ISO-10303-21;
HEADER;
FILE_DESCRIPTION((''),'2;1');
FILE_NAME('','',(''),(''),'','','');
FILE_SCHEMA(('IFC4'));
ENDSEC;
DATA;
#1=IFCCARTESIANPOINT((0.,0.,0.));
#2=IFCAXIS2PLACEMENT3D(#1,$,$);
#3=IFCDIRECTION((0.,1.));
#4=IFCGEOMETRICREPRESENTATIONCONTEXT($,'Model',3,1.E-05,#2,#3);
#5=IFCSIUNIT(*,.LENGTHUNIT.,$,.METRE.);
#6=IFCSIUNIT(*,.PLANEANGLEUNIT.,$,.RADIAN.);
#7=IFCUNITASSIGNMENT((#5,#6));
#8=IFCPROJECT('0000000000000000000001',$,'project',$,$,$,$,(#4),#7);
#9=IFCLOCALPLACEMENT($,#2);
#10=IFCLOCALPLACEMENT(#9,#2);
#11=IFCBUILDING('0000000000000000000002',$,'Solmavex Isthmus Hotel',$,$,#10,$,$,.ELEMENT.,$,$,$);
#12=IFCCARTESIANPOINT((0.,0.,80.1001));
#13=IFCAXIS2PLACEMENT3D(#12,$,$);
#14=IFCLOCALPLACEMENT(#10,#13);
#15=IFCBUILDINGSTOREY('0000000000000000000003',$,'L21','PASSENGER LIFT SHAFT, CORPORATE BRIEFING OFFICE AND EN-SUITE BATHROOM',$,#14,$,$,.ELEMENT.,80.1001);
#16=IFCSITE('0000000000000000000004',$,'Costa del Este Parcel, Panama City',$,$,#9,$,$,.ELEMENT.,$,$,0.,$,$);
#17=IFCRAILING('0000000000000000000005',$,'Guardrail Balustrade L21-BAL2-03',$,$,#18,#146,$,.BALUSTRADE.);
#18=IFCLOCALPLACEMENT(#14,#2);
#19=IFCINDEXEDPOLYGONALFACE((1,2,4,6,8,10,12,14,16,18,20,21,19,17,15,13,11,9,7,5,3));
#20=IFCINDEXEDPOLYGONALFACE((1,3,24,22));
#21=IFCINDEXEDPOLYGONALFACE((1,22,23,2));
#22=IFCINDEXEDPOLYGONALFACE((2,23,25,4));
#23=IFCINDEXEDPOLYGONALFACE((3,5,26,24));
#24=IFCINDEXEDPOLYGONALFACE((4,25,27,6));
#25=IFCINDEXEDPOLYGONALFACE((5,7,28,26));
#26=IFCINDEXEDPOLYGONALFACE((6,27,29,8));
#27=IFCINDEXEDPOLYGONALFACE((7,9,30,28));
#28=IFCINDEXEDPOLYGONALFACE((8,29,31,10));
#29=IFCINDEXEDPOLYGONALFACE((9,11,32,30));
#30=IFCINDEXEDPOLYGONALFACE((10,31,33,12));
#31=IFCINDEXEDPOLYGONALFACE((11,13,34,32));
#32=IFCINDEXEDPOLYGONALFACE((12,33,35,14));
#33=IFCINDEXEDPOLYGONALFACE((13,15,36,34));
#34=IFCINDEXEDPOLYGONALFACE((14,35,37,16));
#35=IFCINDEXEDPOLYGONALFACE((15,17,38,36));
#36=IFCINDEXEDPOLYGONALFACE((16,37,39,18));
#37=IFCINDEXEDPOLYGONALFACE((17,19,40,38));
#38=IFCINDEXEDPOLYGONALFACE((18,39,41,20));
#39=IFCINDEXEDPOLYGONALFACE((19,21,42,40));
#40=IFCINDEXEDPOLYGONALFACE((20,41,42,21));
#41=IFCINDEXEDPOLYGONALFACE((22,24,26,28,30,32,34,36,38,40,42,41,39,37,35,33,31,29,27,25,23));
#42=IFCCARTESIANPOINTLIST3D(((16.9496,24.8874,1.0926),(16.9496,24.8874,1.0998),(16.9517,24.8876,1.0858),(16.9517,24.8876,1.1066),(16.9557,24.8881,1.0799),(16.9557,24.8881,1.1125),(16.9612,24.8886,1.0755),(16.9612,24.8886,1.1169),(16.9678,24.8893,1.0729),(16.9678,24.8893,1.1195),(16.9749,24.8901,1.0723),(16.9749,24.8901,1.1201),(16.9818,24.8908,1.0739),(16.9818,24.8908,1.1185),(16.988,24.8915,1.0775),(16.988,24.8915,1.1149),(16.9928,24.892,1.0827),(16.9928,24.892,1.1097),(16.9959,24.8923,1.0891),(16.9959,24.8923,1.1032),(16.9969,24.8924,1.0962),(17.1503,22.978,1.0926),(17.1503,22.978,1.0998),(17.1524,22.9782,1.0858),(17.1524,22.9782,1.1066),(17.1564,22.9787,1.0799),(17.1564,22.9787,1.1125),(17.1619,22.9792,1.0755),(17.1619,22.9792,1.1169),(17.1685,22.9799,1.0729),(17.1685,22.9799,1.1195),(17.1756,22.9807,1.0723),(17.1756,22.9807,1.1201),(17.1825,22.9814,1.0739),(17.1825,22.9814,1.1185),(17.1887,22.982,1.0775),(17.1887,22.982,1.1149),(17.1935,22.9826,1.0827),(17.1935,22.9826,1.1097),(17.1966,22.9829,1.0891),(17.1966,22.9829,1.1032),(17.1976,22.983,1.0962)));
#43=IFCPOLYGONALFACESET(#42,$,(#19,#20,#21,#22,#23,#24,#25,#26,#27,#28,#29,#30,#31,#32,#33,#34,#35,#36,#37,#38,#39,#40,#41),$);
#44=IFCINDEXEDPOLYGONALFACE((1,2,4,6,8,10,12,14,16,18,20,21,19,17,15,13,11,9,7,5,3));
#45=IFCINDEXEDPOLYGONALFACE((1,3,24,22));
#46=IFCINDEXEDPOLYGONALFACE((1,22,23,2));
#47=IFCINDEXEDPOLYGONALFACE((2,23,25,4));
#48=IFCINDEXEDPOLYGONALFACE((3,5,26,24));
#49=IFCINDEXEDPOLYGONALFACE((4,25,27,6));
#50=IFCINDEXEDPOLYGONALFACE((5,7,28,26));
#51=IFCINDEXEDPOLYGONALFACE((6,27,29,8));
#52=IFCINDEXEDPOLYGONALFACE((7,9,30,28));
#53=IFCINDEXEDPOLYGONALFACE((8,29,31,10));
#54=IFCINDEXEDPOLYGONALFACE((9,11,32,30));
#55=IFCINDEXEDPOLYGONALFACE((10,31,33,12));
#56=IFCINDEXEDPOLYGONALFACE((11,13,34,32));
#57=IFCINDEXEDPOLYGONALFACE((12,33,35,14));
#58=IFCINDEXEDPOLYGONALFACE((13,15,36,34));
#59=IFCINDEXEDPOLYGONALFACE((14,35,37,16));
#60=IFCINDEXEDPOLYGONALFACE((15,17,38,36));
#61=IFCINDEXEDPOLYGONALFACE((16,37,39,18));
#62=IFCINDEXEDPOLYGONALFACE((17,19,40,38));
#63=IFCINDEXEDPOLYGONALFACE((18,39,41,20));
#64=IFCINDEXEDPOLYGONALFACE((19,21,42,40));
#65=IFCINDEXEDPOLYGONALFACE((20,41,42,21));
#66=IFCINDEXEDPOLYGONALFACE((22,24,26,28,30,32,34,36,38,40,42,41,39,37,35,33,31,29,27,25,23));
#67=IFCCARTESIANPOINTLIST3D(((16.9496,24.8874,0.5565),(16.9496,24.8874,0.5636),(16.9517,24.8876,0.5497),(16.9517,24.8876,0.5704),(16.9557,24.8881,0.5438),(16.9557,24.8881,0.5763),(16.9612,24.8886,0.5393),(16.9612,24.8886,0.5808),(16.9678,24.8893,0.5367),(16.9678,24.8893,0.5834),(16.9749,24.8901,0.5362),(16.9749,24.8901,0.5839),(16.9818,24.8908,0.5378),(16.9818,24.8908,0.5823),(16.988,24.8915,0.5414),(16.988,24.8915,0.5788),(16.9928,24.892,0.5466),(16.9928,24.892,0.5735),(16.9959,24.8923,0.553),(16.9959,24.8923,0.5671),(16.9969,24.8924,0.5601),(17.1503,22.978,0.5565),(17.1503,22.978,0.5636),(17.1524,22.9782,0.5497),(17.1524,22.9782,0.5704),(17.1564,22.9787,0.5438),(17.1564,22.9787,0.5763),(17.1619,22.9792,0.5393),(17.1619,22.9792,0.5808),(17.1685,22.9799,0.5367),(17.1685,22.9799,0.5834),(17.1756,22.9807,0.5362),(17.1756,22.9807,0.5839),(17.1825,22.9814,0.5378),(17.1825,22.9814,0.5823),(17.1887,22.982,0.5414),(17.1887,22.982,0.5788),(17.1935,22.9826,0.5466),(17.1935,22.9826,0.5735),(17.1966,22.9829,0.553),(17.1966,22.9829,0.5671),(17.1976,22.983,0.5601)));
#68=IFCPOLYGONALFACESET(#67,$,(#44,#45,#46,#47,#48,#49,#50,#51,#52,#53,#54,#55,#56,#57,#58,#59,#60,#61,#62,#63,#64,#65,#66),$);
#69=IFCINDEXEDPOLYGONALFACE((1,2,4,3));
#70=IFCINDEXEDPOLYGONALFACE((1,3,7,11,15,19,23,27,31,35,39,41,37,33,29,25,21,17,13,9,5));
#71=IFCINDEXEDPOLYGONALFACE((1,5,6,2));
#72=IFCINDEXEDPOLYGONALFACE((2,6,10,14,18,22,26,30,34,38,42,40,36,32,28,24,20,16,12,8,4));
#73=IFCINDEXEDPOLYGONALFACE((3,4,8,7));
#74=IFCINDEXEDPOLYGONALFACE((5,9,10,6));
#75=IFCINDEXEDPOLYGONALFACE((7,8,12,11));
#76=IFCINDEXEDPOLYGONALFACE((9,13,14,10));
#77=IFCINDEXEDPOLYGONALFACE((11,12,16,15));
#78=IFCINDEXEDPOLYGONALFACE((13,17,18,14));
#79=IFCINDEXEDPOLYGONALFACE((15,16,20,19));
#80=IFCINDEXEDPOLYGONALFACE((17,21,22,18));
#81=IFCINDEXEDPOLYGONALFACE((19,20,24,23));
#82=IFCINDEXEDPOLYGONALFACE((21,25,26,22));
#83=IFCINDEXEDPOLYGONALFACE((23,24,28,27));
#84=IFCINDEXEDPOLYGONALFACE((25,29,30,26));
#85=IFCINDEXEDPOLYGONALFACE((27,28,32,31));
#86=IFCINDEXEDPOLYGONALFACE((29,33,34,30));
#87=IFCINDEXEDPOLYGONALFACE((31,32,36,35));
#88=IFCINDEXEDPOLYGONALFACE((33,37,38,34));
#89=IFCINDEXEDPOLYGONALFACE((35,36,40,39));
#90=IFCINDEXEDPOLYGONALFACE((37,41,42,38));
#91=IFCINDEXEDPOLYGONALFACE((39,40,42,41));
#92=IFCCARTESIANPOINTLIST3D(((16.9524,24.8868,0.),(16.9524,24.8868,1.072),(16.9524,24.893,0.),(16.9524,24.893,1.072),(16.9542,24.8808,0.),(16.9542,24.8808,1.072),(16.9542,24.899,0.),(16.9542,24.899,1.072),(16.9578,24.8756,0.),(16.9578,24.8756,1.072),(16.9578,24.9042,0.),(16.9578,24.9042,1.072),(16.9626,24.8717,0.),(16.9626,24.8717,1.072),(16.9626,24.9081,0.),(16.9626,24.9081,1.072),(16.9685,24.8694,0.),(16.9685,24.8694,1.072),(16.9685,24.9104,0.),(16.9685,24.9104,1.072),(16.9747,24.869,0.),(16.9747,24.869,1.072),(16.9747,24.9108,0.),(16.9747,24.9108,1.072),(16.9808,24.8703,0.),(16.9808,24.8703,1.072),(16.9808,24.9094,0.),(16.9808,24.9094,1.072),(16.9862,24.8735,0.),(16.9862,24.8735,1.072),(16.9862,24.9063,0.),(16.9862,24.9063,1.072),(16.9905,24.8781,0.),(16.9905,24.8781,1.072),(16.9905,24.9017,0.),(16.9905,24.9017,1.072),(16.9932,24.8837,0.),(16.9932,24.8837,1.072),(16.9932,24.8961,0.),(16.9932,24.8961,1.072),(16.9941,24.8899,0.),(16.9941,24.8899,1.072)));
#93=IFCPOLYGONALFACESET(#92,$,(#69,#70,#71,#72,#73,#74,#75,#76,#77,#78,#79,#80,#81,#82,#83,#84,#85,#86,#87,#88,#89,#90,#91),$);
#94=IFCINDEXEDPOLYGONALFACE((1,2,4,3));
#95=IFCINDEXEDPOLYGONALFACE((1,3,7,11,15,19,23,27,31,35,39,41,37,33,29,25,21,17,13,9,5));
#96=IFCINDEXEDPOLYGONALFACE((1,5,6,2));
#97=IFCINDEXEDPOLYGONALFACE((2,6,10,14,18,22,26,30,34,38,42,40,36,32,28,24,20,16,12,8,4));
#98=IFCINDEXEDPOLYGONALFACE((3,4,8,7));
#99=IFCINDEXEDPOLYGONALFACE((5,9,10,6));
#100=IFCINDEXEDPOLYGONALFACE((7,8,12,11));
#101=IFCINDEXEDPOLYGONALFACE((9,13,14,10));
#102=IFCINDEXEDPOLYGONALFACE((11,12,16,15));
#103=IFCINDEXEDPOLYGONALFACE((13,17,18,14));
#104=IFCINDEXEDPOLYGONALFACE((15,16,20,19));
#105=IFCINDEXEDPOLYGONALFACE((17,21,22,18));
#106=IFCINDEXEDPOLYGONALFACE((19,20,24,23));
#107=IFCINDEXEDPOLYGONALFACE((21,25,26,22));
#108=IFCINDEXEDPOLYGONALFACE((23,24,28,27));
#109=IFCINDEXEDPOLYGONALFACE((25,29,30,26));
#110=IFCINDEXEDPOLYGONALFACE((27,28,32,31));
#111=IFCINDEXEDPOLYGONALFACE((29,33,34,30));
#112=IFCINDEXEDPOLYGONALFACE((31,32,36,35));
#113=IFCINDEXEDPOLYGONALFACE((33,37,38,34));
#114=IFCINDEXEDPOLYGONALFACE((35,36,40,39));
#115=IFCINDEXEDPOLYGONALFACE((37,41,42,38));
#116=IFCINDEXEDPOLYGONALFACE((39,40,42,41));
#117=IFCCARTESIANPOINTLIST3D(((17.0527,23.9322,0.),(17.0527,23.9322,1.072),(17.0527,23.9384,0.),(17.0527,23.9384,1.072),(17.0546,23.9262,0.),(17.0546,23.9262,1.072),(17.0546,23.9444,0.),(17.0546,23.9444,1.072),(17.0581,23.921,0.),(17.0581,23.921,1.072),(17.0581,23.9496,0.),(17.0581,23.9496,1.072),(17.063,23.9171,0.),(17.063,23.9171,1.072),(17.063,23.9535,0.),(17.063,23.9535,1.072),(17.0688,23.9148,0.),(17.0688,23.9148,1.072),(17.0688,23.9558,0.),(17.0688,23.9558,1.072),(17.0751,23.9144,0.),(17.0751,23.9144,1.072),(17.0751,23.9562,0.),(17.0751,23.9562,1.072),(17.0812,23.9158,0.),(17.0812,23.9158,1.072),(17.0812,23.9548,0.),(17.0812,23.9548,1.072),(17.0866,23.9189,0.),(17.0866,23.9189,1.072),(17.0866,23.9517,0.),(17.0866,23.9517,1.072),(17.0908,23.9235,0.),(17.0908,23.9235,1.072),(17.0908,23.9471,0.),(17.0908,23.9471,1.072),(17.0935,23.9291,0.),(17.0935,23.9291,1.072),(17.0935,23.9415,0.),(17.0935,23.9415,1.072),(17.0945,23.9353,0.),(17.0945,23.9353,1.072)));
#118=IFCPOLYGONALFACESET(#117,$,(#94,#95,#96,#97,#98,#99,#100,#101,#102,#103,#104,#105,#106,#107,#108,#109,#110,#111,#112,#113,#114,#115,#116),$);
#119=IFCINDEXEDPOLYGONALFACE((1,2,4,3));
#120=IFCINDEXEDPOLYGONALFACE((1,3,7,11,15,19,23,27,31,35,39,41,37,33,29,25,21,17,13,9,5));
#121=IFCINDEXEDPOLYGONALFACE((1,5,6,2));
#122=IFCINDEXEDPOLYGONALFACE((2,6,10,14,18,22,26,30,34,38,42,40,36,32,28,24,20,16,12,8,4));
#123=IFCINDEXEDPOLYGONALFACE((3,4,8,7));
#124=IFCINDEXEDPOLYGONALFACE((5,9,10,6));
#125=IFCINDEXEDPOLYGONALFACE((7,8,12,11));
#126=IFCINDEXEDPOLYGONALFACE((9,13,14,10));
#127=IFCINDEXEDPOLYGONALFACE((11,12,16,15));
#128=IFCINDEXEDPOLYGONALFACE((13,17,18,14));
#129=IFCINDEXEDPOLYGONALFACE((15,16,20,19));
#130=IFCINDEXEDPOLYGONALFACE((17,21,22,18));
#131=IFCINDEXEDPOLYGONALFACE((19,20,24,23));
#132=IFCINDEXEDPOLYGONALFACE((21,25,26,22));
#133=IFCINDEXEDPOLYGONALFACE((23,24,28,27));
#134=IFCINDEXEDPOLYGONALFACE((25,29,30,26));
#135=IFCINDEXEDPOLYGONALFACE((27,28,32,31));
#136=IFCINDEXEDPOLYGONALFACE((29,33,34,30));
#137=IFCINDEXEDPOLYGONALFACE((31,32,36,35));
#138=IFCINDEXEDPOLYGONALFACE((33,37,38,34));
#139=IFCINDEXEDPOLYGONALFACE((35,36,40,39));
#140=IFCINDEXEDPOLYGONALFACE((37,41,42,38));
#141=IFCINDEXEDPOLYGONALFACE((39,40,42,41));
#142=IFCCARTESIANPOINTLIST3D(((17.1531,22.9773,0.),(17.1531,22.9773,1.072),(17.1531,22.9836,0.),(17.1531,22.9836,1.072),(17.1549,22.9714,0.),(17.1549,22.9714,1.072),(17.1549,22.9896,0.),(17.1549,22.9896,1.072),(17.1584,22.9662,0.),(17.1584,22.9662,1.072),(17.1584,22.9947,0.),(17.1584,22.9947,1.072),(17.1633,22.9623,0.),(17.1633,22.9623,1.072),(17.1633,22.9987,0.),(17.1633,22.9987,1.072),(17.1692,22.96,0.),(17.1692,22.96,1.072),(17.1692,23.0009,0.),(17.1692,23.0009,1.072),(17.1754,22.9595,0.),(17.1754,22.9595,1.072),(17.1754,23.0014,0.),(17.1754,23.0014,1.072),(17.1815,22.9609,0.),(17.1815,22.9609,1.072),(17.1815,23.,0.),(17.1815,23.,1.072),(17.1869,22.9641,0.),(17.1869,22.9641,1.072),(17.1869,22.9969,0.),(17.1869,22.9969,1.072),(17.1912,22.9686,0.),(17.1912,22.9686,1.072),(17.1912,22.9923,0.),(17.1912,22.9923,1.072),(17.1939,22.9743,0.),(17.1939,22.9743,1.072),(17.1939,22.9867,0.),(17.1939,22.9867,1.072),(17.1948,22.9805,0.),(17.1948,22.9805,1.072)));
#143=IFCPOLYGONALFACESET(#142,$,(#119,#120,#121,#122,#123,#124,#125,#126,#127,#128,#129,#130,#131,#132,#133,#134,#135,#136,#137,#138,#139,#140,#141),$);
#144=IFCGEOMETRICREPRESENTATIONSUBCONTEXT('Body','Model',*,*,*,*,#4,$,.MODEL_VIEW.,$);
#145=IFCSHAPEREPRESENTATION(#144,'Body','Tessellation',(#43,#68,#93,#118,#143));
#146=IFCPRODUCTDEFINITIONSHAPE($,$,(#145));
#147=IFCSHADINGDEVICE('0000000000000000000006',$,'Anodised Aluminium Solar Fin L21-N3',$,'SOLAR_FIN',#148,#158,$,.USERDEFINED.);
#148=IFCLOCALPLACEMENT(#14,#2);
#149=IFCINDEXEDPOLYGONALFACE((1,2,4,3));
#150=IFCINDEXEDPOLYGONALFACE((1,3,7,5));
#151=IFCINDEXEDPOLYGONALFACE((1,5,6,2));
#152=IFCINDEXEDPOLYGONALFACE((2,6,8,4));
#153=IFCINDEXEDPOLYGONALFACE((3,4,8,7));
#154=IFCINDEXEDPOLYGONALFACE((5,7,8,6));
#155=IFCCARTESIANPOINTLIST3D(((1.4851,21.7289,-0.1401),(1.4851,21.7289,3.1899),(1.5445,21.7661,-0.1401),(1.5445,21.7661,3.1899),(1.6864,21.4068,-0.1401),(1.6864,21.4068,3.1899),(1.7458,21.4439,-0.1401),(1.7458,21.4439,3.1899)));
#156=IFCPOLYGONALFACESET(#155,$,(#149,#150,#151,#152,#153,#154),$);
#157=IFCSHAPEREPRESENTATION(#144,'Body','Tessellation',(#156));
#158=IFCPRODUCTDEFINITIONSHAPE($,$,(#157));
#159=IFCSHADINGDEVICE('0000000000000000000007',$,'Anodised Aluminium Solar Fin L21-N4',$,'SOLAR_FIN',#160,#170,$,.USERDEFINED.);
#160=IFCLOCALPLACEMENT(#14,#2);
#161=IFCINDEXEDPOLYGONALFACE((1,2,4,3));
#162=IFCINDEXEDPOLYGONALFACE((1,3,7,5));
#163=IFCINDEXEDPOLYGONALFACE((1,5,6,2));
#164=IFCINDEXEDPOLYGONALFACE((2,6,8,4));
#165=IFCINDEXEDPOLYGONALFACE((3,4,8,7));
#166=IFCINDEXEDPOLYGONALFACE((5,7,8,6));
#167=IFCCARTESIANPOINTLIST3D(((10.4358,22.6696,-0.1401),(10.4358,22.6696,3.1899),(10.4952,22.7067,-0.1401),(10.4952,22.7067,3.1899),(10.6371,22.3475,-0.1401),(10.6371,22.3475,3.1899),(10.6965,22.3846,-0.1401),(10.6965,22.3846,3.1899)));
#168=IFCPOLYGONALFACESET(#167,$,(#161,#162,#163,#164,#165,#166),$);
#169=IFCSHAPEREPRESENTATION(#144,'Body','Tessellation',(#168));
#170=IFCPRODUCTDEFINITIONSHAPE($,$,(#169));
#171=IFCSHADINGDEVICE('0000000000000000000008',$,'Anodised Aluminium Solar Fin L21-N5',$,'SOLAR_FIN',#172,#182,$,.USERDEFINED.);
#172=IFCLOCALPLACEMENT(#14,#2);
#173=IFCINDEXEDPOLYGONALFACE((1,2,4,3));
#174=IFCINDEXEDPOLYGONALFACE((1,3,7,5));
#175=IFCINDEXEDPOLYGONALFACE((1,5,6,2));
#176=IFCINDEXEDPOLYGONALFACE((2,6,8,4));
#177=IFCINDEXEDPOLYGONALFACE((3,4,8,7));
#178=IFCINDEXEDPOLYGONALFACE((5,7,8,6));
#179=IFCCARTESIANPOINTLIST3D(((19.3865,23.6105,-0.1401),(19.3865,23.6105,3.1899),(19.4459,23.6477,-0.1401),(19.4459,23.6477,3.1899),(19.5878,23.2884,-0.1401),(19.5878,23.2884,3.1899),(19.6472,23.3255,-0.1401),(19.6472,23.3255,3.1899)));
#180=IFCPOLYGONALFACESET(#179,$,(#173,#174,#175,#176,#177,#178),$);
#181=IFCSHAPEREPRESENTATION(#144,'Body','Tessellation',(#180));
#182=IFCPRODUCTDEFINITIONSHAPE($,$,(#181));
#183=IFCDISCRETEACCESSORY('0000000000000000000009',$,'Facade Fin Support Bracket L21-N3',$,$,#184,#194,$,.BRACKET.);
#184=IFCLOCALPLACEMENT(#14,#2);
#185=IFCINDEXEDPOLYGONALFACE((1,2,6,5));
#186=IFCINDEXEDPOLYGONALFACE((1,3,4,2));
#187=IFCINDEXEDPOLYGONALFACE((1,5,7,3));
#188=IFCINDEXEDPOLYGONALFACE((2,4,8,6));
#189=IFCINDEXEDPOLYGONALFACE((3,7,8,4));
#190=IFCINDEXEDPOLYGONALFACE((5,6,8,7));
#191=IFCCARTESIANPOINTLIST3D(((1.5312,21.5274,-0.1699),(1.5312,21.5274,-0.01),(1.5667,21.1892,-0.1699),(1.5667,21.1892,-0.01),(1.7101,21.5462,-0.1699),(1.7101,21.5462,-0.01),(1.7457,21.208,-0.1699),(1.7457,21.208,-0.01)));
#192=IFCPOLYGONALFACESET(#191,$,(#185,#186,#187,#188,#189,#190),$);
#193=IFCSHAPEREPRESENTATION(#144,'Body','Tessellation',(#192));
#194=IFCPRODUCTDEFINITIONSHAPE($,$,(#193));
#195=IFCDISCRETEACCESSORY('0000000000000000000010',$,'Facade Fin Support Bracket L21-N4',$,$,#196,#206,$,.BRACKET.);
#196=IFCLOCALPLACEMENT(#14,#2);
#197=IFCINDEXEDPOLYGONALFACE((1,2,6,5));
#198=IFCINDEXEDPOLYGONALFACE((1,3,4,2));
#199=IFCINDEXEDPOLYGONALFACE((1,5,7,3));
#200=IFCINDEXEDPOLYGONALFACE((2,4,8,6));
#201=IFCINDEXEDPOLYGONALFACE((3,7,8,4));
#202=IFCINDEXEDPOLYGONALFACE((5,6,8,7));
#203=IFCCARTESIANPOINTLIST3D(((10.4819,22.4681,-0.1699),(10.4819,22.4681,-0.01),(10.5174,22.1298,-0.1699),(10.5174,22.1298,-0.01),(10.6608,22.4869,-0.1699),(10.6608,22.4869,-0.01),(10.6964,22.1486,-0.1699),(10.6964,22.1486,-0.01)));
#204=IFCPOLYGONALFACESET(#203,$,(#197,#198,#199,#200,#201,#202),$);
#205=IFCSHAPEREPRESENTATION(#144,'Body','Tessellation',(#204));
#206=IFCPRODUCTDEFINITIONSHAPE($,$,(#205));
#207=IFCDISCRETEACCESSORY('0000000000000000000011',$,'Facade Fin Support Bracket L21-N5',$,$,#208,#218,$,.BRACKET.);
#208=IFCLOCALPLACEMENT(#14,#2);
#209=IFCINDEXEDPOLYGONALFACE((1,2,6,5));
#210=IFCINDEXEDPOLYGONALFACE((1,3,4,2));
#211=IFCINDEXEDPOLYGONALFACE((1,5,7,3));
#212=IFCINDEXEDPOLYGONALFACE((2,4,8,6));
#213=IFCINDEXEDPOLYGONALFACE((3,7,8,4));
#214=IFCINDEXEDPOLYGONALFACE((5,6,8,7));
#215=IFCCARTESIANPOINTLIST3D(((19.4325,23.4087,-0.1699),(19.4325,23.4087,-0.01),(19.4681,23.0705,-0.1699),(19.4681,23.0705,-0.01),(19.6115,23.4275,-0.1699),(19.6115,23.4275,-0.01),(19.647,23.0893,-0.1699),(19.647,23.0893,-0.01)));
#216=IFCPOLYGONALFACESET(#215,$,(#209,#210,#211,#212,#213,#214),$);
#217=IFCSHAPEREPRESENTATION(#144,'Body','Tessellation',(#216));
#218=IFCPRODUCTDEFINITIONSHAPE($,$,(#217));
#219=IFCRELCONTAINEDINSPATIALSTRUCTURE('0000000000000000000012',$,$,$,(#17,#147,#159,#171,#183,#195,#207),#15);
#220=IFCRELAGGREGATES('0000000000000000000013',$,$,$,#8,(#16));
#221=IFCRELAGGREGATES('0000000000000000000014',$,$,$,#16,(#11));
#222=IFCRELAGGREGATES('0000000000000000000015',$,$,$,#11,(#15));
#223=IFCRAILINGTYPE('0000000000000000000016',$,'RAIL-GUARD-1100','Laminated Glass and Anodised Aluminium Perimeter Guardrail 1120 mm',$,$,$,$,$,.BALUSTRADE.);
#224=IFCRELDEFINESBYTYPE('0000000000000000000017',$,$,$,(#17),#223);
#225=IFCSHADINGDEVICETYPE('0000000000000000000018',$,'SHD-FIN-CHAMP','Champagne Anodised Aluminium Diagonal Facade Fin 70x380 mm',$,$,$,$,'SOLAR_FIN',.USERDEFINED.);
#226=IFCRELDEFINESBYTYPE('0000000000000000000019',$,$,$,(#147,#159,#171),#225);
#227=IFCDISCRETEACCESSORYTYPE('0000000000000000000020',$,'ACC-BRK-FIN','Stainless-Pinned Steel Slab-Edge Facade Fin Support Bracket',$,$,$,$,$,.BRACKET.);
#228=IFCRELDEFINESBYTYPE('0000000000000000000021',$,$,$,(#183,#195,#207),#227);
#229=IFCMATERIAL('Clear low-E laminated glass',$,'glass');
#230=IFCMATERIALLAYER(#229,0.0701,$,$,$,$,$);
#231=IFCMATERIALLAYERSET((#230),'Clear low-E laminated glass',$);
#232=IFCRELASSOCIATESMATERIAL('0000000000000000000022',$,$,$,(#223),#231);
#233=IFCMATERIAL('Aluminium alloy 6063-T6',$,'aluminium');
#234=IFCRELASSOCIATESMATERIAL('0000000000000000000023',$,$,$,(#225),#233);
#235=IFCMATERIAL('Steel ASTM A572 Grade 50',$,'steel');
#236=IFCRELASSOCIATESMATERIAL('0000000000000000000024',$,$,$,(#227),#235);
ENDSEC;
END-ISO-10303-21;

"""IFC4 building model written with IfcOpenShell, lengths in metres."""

from ifc_helpers import new_model, si_unit, direction, frame, origin, origin_2d, place, context, subcontext, project, spatial, rectangle, circle, extrude, material, layer, layer_set, type_object, element, save


model = new_model("IFC4")

# Units and contexts
model_context = context("Model", 3, precision=1e-05, world=origin(), true_north=direction((0.0, 1.0)))
body_context = subcontext(model_context, "Body", "Model", "MODEL_VIEW")
ifc_project = project(units=[si_unit("LENGTHUNIT", "METRE"), si_unit("PLANEANGLEUNIT", "RADIAN")], contexts=[model_context])

# Site, building, storey
site_placement = place(None, origin())
site = spatial("IfcSite", under=ifc_project, at=site_placement, Name="Costa del Este Parcel, Panama City", CompositionType="ELEMENT", RefElevation=0.0)
building_placement = place(site_placement, origin())
building = spatial("IfcBuilding", under=site, at=building_placement, Name="Solmavex Isthmus Hotel", CompositionType="ELEMENT")
storey_placement = place(building_placement, frame((0.0, 0.0, 80.1001)))
storey = spatial("IfcBuildingStorey", under=building, at=storey_placement, Name="L21", Description="PASSENGER LIFT SHAFT, CORPORATE BRIEFING OFFICE AND EN-SUITE BATHROOM", CompositionType="ELEMENT", Elevation=80.1001)

# Shared definitions
ifc_material_1 = material(Name="Steel ASTM A572 Grade 50", Category="steel")

# Shared definitions
ifc_material_2 = material(Name="Aluminium alloy 6063-T6", Category="aluminium")

# Shared definitions
ifc_material_3 = material(Name="Clear low-E laminated glass", Category="glass")

# Railing
ifc_layer_1 = layer(ifc_material_3, 0.0701)
ifc_layer_set_1 = layer_set([ifc_layer_1], Name="Clear low-E laminated glass")
railing_type = type_object("IfcRailingType", Name="RAIL-GUARD-1100", Description="Laminated Glass and Anodised Aluminium Perimeter Guardrail 1120 mm", PredefinedType="BALUSTRADE", material=ifc_layer_set_1)
railing_1_placement = place(storey_placement, frame((16.9731, 24.8899, 0.0)))
element("IfcRailing", 1, at=railing_1_placement, inside=storey, type_object=railing_type, Name="Guardrail Balustrade L21-BAL2-03", PredefinedType="BALUSTRADE", context=body_context, shape_type="SweptSolid", body=[
    extrude(circle(Radius=0.0239, at=origin_2d()), frame((0.0, 0.0, 1.0962), z_axis=(0.104526, -0.994522, 0.0), x_axis=(0.994522, 0.104526, 0.0)), (0.0, 0.0, 1.0), 1.9199),
    extrude(circle(Radius=0.0239, at=origin_2d()), frame((0.0, 0.0, 0.5601), z_axis=(0.104526, -0.994522, 0.0), x_axis=(0.994522, 0.104526, 0.0)), (0.0, 0.0, 1.0), 1.9199),
    extrude(circle(Radius=0.021, at=origin_2d()), origin(), (0.0, 0.0, 1.0), 1.072),
    extrude(circle(Radius=0.021, at=origin_2d()), frame((0.1003, -0.9546, 0.0)), (0.0, 0.0, 1.0), 1.072),
    extrude(circle(Radius=0.021, at=origin_2d()), frame((0.2007, -1.9094, 0.0)), (0.0, 0.0, 1.0), 1.072),
])

# Shading devices
shading_device_type = type_object("IfcShadingDeviceType", Name="SHD-FIN-CHAMP", Description="Champagne Anodised Aluminium Diagonal Facade Fin 70x380 mm", ElementType="SOLAR_FIN", PredefinedType="USERDEFINED", material=ifc_material_2)
for number, where, z_axis, x_axis, name in (
    (2, (1.6155, 21.5864, -0.1401), (0.0, 0.0, 1.0), (-0.529919, 0.848048, 0.0), "Anodised Aluminium Solar Fin L21-N3"),
    (3, (10.5662, 22.5271, -0.1401), (0.0, 0.0, 1.0), (-0.529919, 0.848048, 0.0), "Anodised Aluminium Solar Fin L21-N4"),
    (4, (19.5168, 23.468, -0.1401), (0.0, 0.0, 1.0), (-0.529919, 0.848048, 0.0), "Anodised Aluminium Solar Fin L21-N5"),
):
    element("IfcShadingDevice", number, at=place(storey_placement, frame(where, z_axis=z_axis, x_axis=x_axis)), inside=storey, type_object=shading_device_type, Name=name, ObjectType="SOLAR_FIN", PredefinedType="USERDEFINED", context=body_context, shape_type="SweptSolid", body=[
        extrude(rectangle(XDim=0.3799, YDim=0.0701, at=origin_2d()), origin(), (0.0, 0.0, 1.0), 3.3301),
    ])

# Discrete accessories
discrete_accessory_type_1 = type_object("IfcDiscreteAccessoryType", Name="ACC-BRK-FIN", Description="Stainless-Pinned Steel Slab-Edge Facade Fin Support Bracket", PredefinedType="BRACKET", material=ifc_material_1)
for number, where, z_axis, x_axis, name in (
    (5, (1.6384, 21.3677, -0.1699), (0.0, 0.0, 1.0), (-0.104528, 0.994522, 0.0), "Facade Fin Support Bracket L21-N3"),
    (6, (10.5891, 22.3083, -0.1699), (0.0, 0.0, 1.0), (-0.104528, 0.994522, 0.0), "Facade Fin Support Bracket L21-N4"),
    (7, (19.5398, 23.249, -0.1699), (0.0, 0.0, 1.0), (-0.104528, 0.994522, 0.0), "Facade Fin Support Bracket L21-N5"),
):
    element("IfcDiscreteAccessory", number, at=place(storey_placement, frame(where, z_axis=z_axis, x_axis=x_axis)), inside=storey, type_object=discrete_accessory_type_1, Name=name, PredefinedType="BRACKET", context=body_context, shape_type="SweptSolid", body=[
        extrude(rectangle(XDim=0.3401, YDim=0.1799, at=origin_2d()), origin(), (0.0, 0.0, 1.0), 0.1599),
    ])

save(model, "model.ifc")
